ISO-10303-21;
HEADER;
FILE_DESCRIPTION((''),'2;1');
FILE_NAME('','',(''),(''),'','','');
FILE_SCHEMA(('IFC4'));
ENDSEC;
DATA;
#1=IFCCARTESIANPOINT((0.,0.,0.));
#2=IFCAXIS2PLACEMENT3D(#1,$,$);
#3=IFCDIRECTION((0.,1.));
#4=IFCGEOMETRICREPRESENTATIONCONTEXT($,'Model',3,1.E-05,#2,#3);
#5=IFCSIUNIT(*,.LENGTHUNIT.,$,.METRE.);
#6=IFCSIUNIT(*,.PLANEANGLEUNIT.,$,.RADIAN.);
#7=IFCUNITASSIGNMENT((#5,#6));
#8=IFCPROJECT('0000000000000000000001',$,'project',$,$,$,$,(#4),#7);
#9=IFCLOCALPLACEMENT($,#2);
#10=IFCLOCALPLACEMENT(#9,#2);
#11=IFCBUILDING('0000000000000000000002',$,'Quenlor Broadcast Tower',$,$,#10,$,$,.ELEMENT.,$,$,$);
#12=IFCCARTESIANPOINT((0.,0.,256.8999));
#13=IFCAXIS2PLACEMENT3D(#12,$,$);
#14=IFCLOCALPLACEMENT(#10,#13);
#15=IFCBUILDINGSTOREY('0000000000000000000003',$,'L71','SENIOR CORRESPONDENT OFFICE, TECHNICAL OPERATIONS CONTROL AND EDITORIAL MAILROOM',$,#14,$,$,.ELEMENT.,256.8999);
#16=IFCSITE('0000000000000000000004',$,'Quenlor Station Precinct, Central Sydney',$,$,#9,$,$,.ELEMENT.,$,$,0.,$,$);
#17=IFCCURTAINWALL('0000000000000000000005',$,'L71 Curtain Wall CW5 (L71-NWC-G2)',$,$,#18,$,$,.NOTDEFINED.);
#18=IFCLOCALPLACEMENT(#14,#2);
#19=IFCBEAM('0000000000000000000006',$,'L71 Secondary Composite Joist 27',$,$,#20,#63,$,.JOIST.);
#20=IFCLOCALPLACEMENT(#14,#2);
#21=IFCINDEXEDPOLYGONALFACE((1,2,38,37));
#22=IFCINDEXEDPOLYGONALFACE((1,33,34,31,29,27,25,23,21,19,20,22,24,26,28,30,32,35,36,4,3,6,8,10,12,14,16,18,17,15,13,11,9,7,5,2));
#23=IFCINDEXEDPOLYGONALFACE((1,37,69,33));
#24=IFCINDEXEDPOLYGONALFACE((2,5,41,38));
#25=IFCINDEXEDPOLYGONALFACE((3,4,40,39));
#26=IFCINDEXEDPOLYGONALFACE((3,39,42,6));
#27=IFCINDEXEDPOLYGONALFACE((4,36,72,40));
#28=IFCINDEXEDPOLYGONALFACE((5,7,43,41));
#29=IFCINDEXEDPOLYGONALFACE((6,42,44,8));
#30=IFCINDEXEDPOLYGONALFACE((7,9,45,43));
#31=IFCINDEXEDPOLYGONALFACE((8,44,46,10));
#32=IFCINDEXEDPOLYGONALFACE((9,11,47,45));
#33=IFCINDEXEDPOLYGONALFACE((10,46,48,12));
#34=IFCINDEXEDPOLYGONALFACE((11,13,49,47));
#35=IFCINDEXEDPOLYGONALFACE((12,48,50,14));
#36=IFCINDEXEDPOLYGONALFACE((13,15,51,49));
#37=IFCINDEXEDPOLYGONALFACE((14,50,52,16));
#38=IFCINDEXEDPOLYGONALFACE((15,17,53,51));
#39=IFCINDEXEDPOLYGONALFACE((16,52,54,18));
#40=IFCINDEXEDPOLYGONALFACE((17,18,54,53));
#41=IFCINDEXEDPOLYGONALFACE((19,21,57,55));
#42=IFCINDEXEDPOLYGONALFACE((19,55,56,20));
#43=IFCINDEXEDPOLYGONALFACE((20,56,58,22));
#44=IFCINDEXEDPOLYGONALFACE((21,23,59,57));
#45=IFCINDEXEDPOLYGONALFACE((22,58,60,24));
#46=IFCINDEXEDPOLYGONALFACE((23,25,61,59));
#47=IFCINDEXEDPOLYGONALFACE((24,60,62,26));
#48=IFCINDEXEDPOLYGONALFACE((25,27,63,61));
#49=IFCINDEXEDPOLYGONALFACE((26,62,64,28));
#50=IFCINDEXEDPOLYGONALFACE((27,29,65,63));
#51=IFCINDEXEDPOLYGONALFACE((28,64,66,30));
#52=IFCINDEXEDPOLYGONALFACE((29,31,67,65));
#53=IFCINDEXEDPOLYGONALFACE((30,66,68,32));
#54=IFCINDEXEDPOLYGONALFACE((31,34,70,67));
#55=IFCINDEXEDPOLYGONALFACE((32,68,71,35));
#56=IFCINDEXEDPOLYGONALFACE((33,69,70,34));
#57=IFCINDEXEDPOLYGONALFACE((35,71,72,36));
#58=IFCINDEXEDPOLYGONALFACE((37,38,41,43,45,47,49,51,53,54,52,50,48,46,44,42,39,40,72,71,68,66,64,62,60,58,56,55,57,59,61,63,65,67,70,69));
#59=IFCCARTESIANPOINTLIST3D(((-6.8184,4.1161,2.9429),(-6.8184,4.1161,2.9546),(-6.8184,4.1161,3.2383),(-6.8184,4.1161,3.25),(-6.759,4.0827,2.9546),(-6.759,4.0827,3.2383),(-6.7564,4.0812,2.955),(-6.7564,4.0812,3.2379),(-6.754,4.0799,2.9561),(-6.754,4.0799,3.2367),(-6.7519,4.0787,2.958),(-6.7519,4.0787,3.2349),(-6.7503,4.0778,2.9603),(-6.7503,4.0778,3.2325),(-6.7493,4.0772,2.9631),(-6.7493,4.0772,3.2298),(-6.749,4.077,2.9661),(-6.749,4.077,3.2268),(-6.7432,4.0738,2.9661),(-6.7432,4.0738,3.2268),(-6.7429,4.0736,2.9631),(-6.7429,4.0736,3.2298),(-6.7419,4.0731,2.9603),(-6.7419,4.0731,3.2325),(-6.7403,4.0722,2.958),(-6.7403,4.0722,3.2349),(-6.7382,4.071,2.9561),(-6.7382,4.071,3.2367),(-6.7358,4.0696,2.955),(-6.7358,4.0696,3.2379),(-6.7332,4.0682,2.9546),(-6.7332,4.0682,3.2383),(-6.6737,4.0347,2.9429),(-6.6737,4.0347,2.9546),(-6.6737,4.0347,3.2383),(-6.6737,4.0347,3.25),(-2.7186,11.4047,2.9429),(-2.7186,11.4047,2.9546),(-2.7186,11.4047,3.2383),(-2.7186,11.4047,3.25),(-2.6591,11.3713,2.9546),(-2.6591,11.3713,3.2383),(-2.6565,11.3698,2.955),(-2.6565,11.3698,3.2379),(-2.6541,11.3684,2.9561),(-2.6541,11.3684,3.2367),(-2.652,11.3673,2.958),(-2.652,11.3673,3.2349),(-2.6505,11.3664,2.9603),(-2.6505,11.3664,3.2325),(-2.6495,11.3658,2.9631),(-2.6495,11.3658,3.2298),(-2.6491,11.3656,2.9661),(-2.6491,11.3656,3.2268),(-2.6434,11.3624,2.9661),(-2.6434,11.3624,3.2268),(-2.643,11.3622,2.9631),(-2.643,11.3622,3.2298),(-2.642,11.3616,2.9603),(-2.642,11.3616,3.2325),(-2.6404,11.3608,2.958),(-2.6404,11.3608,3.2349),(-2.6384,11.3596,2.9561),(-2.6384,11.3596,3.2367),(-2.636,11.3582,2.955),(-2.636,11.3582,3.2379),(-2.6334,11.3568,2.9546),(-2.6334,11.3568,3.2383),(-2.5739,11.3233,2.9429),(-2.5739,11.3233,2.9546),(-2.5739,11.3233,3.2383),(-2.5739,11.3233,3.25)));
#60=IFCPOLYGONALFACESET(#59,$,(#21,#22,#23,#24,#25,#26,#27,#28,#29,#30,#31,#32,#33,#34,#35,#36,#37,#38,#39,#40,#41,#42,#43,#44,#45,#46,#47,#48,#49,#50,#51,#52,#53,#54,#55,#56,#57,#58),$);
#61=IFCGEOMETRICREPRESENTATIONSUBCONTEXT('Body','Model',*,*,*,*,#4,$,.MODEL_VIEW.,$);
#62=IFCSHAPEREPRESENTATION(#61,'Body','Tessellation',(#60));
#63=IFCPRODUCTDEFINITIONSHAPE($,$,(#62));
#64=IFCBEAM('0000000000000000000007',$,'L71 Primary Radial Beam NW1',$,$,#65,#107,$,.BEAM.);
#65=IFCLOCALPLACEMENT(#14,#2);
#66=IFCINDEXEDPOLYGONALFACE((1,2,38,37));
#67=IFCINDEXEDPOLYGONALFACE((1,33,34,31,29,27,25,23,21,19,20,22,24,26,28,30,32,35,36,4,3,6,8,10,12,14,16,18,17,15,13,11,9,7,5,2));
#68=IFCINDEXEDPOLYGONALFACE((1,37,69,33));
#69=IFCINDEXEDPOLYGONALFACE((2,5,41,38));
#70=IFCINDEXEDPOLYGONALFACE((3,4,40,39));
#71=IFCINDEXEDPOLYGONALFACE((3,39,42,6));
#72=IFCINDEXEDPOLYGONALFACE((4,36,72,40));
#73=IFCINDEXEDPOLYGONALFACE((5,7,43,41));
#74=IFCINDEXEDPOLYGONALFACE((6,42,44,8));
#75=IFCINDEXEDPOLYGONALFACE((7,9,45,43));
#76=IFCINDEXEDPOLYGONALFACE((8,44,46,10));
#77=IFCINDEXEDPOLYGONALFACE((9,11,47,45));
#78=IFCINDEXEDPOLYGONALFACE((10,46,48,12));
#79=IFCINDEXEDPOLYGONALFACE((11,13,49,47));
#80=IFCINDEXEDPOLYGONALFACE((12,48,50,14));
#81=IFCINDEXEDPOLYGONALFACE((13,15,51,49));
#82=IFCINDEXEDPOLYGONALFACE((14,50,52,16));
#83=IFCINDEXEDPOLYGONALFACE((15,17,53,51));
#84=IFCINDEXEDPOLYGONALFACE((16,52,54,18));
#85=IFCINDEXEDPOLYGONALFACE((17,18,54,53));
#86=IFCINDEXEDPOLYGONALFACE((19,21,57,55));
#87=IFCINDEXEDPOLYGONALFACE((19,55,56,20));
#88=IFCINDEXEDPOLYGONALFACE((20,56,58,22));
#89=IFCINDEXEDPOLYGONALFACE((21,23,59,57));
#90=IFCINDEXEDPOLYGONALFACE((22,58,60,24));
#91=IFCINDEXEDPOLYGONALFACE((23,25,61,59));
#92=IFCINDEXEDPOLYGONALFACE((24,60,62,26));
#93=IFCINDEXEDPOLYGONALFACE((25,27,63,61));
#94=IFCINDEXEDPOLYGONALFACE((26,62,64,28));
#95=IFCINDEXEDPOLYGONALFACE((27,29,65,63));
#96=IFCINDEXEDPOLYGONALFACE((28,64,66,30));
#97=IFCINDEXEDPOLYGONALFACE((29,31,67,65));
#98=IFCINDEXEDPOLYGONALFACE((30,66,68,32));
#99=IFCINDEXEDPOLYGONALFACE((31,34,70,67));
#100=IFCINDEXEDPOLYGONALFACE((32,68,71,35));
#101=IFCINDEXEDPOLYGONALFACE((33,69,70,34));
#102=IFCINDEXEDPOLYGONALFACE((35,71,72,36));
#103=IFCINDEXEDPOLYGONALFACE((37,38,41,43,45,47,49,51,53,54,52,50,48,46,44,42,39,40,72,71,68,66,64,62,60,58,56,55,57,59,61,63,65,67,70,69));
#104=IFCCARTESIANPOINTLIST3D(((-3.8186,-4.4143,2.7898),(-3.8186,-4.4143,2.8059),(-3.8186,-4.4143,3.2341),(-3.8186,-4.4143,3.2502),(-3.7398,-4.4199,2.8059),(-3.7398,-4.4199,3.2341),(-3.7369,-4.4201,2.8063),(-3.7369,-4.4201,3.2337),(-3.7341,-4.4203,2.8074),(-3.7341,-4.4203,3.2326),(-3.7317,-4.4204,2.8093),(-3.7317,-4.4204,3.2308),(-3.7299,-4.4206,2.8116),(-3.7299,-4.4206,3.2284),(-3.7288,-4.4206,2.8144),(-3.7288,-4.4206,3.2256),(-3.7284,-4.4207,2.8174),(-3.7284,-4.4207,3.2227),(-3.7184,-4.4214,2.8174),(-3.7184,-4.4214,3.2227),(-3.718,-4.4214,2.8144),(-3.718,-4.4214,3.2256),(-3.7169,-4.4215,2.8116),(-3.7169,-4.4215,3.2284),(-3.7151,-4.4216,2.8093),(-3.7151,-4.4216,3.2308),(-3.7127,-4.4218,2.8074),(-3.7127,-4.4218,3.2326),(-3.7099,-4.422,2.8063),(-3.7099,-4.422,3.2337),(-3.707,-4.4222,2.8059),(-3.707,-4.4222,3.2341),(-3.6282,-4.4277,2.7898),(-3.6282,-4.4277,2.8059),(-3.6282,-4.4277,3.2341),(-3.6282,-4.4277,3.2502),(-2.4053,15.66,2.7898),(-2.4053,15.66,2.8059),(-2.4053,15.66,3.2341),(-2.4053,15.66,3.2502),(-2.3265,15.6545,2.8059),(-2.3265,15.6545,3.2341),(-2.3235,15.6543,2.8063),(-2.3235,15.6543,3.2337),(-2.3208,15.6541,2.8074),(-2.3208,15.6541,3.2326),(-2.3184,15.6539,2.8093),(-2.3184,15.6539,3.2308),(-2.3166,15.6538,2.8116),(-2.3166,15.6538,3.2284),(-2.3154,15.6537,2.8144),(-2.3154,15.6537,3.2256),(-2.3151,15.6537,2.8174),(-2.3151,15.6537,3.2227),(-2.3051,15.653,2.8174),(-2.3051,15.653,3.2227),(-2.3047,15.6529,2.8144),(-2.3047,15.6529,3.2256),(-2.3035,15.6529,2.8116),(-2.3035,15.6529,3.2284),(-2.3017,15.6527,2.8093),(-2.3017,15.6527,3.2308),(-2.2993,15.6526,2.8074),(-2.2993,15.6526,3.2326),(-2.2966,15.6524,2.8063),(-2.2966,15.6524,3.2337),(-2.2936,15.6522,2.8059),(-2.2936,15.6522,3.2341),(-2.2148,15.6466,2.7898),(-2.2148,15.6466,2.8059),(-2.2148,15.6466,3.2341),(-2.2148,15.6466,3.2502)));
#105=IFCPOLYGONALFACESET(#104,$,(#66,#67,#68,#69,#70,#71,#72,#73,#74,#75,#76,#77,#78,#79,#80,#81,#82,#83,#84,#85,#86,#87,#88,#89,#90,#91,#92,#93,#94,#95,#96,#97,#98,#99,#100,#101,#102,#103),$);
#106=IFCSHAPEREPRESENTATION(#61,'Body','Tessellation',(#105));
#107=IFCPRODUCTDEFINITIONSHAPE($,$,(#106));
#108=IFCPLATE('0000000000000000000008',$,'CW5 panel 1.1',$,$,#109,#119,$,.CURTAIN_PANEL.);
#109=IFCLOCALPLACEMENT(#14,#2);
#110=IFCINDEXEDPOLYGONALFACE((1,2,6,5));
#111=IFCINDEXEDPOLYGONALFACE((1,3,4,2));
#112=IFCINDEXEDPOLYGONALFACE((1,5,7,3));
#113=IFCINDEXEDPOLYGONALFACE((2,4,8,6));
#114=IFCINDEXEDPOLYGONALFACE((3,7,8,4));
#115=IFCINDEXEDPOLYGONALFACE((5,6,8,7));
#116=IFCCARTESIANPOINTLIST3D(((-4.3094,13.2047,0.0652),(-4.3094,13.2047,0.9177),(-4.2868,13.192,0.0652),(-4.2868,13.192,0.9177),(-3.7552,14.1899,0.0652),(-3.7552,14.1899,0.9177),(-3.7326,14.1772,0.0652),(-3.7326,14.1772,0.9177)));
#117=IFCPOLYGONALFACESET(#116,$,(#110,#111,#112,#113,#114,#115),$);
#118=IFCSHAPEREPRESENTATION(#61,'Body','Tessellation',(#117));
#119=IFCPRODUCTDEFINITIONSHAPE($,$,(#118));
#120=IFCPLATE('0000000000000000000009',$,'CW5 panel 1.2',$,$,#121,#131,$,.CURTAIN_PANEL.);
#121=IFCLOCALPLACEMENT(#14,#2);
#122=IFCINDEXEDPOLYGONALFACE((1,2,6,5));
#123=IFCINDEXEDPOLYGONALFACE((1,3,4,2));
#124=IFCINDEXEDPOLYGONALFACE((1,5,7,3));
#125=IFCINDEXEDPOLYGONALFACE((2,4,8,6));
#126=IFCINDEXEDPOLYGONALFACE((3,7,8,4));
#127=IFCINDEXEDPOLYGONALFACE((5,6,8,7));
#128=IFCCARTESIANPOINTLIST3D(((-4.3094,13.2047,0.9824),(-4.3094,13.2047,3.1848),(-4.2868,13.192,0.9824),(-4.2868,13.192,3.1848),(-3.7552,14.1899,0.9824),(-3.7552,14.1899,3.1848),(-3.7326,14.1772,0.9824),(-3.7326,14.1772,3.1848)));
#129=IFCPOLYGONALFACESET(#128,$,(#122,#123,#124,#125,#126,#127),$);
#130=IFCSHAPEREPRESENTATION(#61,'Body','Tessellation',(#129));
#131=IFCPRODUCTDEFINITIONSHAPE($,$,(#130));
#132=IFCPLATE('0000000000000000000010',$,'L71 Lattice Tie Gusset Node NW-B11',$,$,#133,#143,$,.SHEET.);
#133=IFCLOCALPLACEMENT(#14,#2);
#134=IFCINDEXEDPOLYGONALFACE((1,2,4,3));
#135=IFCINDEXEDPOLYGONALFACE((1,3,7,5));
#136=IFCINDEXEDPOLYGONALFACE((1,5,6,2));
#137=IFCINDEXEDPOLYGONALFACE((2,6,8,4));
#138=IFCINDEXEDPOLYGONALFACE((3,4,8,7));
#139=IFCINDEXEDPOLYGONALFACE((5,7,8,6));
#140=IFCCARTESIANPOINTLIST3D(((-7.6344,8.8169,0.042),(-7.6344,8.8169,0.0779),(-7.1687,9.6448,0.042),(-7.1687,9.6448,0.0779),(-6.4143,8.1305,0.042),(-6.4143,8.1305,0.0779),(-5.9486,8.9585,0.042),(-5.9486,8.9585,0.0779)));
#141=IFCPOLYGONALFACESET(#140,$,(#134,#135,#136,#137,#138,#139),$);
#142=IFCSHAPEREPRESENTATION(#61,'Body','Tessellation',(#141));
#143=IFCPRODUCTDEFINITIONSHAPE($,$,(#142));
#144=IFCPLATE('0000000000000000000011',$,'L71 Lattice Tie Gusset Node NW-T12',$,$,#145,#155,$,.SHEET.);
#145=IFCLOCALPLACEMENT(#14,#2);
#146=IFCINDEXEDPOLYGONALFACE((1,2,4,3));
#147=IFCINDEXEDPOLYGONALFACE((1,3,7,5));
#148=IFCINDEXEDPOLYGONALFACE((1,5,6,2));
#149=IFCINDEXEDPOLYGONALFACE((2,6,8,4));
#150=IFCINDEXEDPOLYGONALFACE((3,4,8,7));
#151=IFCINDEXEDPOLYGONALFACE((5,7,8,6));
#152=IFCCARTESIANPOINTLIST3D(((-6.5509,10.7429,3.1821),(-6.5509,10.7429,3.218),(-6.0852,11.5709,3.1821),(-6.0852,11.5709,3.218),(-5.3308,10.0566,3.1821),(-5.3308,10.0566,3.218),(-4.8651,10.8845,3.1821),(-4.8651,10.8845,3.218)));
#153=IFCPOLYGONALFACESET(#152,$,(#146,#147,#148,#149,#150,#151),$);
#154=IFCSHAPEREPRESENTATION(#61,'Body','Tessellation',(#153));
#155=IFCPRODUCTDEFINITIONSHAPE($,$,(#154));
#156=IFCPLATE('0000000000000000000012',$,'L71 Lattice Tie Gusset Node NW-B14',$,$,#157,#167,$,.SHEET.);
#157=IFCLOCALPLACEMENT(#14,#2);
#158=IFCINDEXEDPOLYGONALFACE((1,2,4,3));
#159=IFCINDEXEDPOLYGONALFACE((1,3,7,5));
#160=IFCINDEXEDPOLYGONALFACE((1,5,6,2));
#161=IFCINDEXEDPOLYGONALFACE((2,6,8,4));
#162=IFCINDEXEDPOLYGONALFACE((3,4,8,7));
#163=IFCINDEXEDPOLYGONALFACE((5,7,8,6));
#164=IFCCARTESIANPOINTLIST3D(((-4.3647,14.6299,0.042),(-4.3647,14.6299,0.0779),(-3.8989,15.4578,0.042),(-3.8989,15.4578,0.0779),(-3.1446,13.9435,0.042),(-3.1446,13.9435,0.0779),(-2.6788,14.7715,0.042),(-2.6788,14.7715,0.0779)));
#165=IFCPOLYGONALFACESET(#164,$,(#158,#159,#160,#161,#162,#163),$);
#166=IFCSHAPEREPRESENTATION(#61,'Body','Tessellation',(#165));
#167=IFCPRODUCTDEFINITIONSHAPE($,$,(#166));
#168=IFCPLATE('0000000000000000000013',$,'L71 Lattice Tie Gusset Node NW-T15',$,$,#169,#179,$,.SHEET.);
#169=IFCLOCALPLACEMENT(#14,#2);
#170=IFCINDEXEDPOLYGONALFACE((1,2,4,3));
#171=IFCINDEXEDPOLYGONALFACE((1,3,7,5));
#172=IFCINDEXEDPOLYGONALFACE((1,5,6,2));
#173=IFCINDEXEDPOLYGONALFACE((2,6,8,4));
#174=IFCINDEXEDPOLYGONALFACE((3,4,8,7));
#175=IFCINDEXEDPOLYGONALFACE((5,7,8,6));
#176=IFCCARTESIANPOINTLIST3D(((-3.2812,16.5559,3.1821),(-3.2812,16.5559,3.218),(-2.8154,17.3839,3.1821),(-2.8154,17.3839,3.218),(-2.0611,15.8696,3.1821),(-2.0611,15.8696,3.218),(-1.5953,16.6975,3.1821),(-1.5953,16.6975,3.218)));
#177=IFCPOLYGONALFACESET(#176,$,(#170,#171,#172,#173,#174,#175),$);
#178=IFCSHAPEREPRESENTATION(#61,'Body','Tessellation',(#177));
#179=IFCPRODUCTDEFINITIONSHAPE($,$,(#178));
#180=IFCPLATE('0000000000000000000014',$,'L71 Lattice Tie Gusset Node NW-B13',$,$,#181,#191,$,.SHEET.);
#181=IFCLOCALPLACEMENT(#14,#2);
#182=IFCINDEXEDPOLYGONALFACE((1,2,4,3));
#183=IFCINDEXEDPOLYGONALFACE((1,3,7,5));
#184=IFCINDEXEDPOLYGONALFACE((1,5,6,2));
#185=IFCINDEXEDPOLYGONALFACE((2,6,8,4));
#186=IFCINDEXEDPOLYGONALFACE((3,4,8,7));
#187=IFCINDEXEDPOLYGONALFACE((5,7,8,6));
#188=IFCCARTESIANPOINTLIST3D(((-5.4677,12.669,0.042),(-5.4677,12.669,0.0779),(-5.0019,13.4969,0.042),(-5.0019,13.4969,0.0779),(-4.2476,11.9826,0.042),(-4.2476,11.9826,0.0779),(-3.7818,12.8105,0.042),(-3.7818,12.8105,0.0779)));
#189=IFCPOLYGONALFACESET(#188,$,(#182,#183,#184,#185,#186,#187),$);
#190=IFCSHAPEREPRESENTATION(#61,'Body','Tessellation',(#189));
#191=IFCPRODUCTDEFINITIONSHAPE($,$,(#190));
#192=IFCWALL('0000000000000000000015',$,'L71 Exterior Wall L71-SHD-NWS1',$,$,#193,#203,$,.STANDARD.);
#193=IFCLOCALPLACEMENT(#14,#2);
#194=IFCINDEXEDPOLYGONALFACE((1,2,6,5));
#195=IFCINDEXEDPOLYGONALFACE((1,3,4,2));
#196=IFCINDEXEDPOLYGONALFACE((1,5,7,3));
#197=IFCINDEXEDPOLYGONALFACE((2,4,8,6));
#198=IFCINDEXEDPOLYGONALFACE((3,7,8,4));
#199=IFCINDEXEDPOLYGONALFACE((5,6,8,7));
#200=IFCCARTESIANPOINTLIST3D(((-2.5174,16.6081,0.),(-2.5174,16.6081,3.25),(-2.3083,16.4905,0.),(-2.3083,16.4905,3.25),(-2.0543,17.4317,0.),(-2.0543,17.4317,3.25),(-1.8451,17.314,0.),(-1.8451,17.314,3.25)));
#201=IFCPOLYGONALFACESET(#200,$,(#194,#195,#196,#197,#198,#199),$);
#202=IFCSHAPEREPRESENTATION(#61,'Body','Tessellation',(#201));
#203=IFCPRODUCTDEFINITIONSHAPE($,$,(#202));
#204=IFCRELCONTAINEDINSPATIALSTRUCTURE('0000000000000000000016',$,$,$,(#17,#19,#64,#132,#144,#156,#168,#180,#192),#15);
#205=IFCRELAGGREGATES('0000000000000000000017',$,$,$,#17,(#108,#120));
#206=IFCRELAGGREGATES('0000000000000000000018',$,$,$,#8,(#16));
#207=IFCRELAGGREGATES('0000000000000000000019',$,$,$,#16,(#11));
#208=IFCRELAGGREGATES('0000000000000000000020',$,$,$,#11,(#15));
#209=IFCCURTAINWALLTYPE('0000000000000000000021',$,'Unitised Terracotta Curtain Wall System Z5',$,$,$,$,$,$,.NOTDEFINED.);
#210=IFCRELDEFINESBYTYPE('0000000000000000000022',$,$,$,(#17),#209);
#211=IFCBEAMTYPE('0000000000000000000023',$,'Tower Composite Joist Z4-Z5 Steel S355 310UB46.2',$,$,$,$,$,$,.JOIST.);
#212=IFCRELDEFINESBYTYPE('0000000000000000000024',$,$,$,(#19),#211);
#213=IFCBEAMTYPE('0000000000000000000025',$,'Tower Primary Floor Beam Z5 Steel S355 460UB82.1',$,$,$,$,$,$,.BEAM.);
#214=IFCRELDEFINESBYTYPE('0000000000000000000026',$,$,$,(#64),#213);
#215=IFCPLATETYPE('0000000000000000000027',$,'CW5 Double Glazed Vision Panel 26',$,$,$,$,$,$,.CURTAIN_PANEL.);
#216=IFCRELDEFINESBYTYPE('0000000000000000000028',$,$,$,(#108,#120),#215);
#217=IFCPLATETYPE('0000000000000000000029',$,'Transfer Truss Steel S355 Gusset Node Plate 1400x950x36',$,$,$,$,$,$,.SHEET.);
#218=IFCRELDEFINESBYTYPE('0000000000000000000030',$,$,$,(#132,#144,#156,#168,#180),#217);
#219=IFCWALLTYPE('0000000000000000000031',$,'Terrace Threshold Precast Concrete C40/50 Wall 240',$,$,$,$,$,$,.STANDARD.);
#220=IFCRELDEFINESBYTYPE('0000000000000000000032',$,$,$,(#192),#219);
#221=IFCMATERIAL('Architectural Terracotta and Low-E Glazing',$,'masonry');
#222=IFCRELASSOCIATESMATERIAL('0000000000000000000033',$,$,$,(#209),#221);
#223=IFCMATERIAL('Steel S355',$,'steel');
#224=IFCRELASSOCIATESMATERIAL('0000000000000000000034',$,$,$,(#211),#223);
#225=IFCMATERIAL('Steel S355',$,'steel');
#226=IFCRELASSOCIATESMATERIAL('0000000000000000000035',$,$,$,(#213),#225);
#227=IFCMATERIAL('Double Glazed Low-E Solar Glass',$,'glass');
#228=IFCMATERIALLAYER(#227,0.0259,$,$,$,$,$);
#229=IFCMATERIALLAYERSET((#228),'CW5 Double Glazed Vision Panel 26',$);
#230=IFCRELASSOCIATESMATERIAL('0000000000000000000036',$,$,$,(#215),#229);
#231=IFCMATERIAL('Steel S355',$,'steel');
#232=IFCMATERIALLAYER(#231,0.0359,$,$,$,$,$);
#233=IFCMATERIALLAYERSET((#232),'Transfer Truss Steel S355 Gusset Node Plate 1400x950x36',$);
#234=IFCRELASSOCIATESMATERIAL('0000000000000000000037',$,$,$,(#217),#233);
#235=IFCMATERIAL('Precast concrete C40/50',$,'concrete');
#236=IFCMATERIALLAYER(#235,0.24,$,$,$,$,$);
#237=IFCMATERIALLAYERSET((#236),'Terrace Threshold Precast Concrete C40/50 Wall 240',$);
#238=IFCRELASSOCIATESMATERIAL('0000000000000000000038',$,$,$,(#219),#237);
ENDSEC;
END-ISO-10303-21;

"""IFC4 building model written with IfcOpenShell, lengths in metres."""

from ifc_helpers import new_model, si_unit, direction, frame, frame_2d, origin, origin_2d, place, context, subcontext, project, spatial, rectangle, i_section, extrude, material, layer, layer_set, material_profile, profile_set, type_object, element, aggregate, save


model = new_model("IFC4")

# Units and contexts
model_context = context("Model", 3, precision=1e-05, world=origin(), true_north=direction((0.0, 1.0)))
body_context = subcontext(model_context, "Body", "Model", "MODEL_VIEW")
ifc_project = project(units=[si_unit("LENGTHUNIT", "METRE"), si_unit("PLANEANGLEUNIT", "RADIAN")], contexts=[model_context])

# Site, building, storey
site_placement = place(None, origin())
site = spatial("IfcSite", under=ifc_project, at=site_placement, Name="Quenlor Station Precinct, Central Sydney", CompositionType="ELEMENT", RefElevation=0.0)
building_placement = place(site_placement, origin())
building = spatial("IfcBuilding", under=site, at=building_placement, Name="Quenlor Broadcast Tower", CompositionType="ELEMENT")
storey_placement = place(building_placement, frame((0.0, 0.0, 256.8999)))
storey = spatial("IfcBuildingStorey", under=building, at=storey_placement, Name="L71", Description="SENIOR CORRESPONDENT OFFICE, TECHNICAL OPERATIONS CONTROL AND EDITORIAL MAILROOM", CompositionType="ELEMENT", Elevation=256.8999)

# Curtain wall
ifc_material_1 = material(Name="Architectural Terracotta and Low-E Glazing", Category="masonry")
curtain_wall_type = type_object("IfcCurtainWallType", Name="Unitised Terracotta Curtain Wall System Z5", PredefinedType="NOTDEFINED", material=ifc_material_1)
curtain_wall_placement = place(storey_placement, origin())
curtain_wall = element("IfcCurtainWall", 1, at=curtain_wall_placement, inside=storey, type_object=curtain_wall_type, Name="L71 Curtain Wall CW5 (L71-NWC-G2)", PredefinedType="NOTDEFINED")

# Beams
ifc_material_2 = material(Name="Steel S355", Category="steel")
ifc_material_profile_1 = material_profile(ifc_material_2, i_section(OverallWidth=0.166, OverallDepth=0.3071, WebThickness=0.0066, FlangeThickness=0.0117, FilletRadius=0.0115, at=origin_2d()))
ifc_profile_set_1 = profile_set([ifc_material_profile_1], Name="Steel S355 310UB46.2")
beam_type_1 = type_object("IfcBeamType", Name="Tower Composite Joist Z4-Z5 Steel S355 310UB46.2", PredefinedType="JOIST", material=ifc_profile_set_1)
beam_1_placement = place(storey_placement, frame((-2.6462, 11.364, 3.0964), z_axis=(-0.490264, -0.871574, 0.0), x_axis=(0.871574, -0.490264, 0.0)))
element("IfcBeam", 2, at=beam_1_placement, inside=storey, type_object=beam_type_1, Name="L71 Secondary Composite Joist 27", PredefinedType="JOIST", context=body_context, shape_type="SweptSolid", body=[
    extrude(i_section(OverallWidth=0.166, OverallDepth=0.3071, WebThickness=0.0066, FlangeThickness=0.0117, FilletRadius=0.0115, at=origin_2d()), origin(), (0.0, 0.0, 1.0), 8.3625),
])
ifc_material_3 = material(Name="Steel S355", Category="steel")
ifc_material_profile_2 = material_profile(ifc_material_3, i_section(OverallWidth=0.1909, OverallDepth=0.4604, WebThickness=0.01, FlangeThickness=0.0161, FilletRadius=0.0115, at=origin_2d()))
ifc_profile_set_2 = profile_set([ifc_material_profile_2], Name="Steel S355 460UB82.1")
beam_type_2 = type_object("IfcBeamType", Name="Tower Primary Floor Beam Z5 Steel S355 460UB82.1", PredefinedType="BEAM", material=ifc_profile_set_2)
beam_2_placement = place(storey_placement, frame((-2.3101, 15.6533, 3.02), z_axis=(-0.070231, -0.997531, 0.0), x_axis=(0.997531, -0.070231, 0.0)))
element("IfcBeam", 3, at=beam_2_placement, inside=storey, type_object=beam_type_2, Name="L71 Primary Radial Beam NW1", PredefinedType="BEAM", context=body_context, shape_type="SweptSolid", body=[
    extrude(i_section(OverallWidth=0.1909, OverallDepth=0.4604, WebThickness=0.01, FlangeThickness=0.0161, FilletRadius=0.0115, at=origin_2d()), origin(), (0.0, 0.0, 1.0), 20.124),
])

# Plates
ifc_material_4 = material(Name="Double Glazed Low-E Solar Glass", Category="glass")
ifc_layer_1 = layer(ifc_material_4, 0.0259)
ifc_layer_set_1 = layer_set([ifc_layer_1], Name="CW5 Double Glazed Vision Panel 26")
plate_type_1 = type_object("IfcPlateType", Name="CW5 Double Glazed Vision Panel 26", PredefinedType="CURTAIN_PANEL", material=ifc_layer_set_1)
plate_1_placement = place(storey_placement, frame((-4.021, 13.6909, 0.0652), z_axis=(0.0, 0.0, 1.0), x_axis=(0.490291, 0.871559, 0.0)))
plate_1 = element("IfcPlate", 4, at=plate_1_placement, type_object=plate_type_1, Name="CW5 panel 1.1", PredefinedType="CURTAIN_PANEL", context=body_context, shape_type="SweptSolid", body=[
    extrude(rectangle(XDim=1.1304, YDim=0.0259, at=origin_2d()), origin(), (0.0, 0.0, 1.0), 0.8525),
])
plate_2_placement = place(storey_placement, frame((-4.021, 13.6909, 0.9824), z_axis=(0.0, 0.0, 1.0), x_axis=(0.490291, 0.871559, 0.0)))
plate_2 = element("IfcPlate", 5, at=plate_2_placement, type_object=plate_type_1, Name="CW5 panel 1.2", PredefinedType="CURTAIN_PANEL", context=body_context, shape_type="SweptSolid", body=[
    extrude(rectangle(XDim=1.1304, YDim=0.0259, at=origin_2d()), origin(), (0.0, 0.0, 1.0), 2.2024),
])
aggregate(curtain_wall, [plate_1, plate_2])

# Plates
ifc_material_5 = material(Name="Steel S355", Category="steel")
ifc_layer_2 = layer(ifc_material_5, 0.0359)
ifc_layer_set_2 = layer_set([ifc_layer_2], Name="Transfer Truss Steel S355 Gusset Node Plate 1400x950x36")
plate_type_2 = type_object("IfcPlateType", Name="Transfer Truss Steel S355 Gusset Node Plate 1400x950x36", PredefinedType="SHEET", material=ifc_layer_set_2)
for number, where, z_axis, x_axis, name in (
    (6, (-6.7915, 8.8877, 0.042), (0.0, 0.0, 1.0), (-0.871556, 0.490295, 0.0), "L71 Lattice Tie Gusset Node NW-B11"),
    (7, (-5.708, 10.8137, 3.1821), (0.0, 0.0, 1.0), (-0.871556, 0.490295, 0.0), "L71 Lattice Tie Gusset Node NW-T12"),
    (8, (-3.5217, 14.7007, 0.042), (0.0, 0.0, 1.0), (-0.871556, 0.490295, 0.0), "L71 Lattice Tie Gusset Node NW-B14"),
    (9, (-2.4382, 16.6267, 3.1821), (0.0, 0.0, 1.0), (-0.871556, 0.490295, 0.0), "L71 Lattice Tie Gusset Node NW-T15"),
    (10, (-4.6248, 12.7397, 0.042), (0.0, 0.0, 1.0), (-0.871556, 0.490295, 0.0), "L71 Lattice Tie Gusset Node NW-B13"),
):
    element("IfcPlate", number, at=place(storey_placement, frame(where, z_axis=z_axis, x_axis=x_axis)), inside=storey, type_object=plate_type_2, Name=name, PredefinedType="SHEET", context=body_context, shape_type="SweptSolid", body=[
        extrude(rectangle(XDim=1.3999, YDim=0.95, at=origin_2d()), origin(), (0.0, 0.0, 1.0), 0.0359),
    ])

# Wall
ifc_material_6 = material(Name="Precast concrete C40/50", Category="concrete")
ifc_layer_3 = layer(ifc_material_6, 0.24)
ifc_layer_set_3 = layer_set([ifc_layer_3], Name="Terrace Threshold Precast Concrete C40/50 Wall 240")
wall_type_1 = type_object("IfcWallType", Name="Terrace Threshold Precast Concrete C40/50 Wall 240", PredefinedType="STANDARD", material=ifc_layer_set_3)
wall_1_placement = place(storey_placement, frame((-2.4128, 16.5493, 0.0), z_axis=(0.0, 0.0, 1.0), x_axis=(0.4902, 0.87161, 0.0)))
element("IfcWall", 11, at=wall_1_placement, inside=storey, type_object=wall_type_1, Name="L71 Exterior Wall L71-SHD-NWS1", PredefinedType="STANDARD", context=body_context, shape_type="SweptSolid", body=[
    extrude(rectangle(XDim=0.9448, YDim=0.24, at=frame_2d((0.4724, 0.0))), origin(), (0.0, 0.0, 1.0), 3.25),
])

save(model, "model.ifc")
